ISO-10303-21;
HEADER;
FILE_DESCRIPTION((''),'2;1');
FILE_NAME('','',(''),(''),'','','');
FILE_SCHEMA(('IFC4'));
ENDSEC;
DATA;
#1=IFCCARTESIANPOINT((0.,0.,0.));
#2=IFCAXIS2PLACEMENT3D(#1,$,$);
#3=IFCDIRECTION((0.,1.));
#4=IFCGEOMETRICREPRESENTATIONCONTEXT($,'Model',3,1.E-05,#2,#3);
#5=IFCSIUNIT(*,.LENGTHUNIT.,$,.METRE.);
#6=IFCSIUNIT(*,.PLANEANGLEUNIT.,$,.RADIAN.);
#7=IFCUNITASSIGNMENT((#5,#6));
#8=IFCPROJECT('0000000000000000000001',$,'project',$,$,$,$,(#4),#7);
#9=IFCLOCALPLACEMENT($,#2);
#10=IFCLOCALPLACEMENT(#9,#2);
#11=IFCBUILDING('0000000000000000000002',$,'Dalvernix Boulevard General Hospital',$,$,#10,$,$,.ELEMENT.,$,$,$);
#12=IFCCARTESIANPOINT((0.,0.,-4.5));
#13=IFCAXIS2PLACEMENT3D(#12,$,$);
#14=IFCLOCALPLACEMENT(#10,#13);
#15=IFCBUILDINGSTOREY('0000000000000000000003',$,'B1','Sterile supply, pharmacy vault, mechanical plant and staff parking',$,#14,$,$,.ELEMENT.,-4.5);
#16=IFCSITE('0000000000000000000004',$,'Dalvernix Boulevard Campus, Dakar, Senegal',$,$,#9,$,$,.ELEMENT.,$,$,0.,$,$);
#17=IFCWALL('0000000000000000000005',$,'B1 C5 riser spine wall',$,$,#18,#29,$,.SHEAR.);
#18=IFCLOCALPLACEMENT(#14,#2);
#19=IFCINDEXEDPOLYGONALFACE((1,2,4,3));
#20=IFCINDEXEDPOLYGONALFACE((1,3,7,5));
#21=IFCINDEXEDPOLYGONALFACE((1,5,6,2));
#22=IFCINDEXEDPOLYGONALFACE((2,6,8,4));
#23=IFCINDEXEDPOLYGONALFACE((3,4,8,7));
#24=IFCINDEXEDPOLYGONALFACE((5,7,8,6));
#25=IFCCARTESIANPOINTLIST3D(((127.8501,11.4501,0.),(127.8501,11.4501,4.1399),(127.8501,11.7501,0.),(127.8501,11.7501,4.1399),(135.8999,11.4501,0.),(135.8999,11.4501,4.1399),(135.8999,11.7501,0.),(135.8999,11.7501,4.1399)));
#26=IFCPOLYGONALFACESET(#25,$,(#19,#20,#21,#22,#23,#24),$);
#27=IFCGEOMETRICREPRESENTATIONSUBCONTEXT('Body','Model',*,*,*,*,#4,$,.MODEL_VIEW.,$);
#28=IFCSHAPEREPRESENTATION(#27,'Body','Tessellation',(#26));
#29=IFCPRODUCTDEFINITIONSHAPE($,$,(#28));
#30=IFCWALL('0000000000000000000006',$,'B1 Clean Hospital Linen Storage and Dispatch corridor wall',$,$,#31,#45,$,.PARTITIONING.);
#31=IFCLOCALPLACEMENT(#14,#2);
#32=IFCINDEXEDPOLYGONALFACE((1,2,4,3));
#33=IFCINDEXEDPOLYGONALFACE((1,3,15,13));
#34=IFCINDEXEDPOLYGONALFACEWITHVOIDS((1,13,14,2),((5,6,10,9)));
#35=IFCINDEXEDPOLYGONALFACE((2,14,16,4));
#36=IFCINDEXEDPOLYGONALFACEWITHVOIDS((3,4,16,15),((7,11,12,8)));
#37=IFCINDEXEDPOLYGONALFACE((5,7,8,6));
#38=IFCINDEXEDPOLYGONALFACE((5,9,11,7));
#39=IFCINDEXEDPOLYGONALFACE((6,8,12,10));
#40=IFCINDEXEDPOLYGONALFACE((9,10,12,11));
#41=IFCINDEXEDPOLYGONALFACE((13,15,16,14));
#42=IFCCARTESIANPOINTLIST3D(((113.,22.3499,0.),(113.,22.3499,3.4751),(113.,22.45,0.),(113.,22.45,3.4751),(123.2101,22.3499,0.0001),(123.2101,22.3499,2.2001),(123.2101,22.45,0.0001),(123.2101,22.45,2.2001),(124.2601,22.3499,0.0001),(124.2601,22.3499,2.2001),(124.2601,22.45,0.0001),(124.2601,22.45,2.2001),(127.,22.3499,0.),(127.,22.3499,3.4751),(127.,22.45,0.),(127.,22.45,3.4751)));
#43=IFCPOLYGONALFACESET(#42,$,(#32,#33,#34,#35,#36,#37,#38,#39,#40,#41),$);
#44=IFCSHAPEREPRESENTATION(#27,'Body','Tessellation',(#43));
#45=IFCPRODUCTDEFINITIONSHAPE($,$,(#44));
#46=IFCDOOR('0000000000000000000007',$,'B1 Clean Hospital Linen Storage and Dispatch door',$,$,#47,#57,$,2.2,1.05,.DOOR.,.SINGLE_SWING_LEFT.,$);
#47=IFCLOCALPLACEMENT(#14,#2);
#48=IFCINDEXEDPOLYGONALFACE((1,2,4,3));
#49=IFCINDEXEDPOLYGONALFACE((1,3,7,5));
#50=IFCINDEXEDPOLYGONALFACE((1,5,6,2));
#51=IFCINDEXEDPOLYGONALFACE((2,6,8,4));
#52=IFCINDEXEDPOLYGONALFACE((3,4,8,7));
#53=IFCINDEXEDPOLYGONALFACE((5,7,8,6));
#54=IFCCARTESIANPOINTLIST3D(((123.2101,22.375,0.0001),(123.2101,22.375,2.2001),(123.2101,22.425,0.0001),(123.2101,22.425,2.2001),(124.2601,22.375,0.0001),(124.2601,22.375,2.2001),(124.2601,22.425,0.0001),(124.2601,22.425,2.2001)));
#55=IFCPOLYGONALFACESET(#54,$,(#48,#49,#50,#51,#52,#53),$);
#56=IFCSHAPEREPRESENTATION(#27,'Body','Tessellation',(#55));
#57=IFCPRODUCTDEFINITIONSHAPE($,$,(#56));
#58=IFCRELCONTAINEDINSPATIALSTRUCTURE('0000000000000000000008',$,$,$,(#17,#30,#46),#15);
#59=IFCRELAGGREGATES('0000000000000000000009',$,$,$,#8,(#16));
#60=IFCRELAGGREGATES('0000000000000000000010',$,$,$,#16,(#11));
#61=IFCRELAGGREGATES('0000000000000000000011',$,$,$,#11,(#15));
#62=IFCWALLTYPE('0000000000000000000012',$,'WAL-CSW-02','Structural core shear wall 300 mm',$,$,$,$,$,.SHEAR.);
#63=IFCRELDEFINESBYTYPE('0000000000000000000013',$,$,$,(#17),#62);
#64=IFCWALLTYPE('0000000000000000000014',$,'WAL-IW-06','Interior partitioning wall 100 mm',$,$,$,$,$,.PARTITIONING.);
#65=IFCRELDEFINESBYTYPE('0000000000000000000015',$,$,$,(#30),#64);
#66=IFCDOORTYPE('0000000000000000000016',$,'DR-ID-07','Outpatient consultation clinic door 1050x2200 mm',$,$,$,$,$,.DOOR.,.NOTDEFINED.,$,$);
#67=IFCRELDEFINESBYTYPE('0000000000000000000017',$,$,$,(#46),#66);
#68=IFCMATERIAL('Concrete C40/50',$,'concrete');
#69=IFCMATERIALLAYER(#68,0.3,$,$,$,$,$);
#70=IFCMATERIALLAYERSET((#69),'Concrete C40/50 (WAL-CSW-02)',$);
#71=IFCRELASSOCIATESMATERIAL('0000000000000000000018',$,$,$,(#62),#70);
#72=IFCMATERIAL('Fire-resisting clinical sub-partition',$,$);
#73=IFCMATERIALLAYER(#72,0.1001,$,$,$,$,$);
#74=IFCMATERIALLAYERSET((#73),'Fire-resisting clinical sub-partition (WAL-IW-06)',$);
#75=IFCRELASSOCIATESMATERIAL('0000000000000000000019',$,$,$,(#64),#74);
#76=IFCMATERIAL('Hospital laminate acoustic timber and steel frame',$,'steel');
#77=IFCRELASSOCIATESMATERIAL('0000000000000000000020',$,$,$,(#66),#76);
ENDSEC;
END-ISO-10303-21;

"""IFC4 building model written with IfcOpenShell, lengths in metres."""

from ifc_helpers import new_model, si_unit, direction, frame, frame_2d, origin, place, context, subcontext, project, spatial, rectangle, extrude, material, layer, layer_set, type_object, element, fill, save


model = new_model("IFC4")

# Units and contexts
model_context = context("Model", 3, precision=1e-05, world=origin(), true_north=direction((0.0, 1.0)))
body_context = subcontext(model_context, "Body", "Model", "MODEL_VIEW")
ifc_project = project(units=[si_unit("LENGTHUNIT", "METRE"), si_unit("PLANEANGLEUNIT", "RADIAN")], contexts=[model_context])

# Site, building, storey
site_placement = place(None, origin())
site = spatial("IfcSite", under=ifc_project, at=site_placement, Name="Dalvernix Boulevard Campus, Dakar, Senegal", CompositionType="ELEMENT", RefElevation=0.0)
building_placement = place(site_placement, origin())
building = spatial("IfcBuilding", under=site, at=building_placement, Name="Dalvernix Boulevard General Hospital", CompositionType="ELEMENT")
storey_placement = place(building_placement, frame((0.0, 0.0, -4.5)))
storey = spatial("IfcBuildingStorey", under=building, at=storey_placement, Name="B1", Description="Sterile supply, pharmacy vault, mechanical plant and staff parking", CompositionType="ELEMENT", Elevation=-4.5)

# Shared definitions
ifc_material_1 = material(Name="Concrete C40/50", Category="concrete")

# Wall
ifc_layer_1 = layer(ifc_material_1, 0.3)
ifc_layer_set_1 = layer_set([ifc_layer_1], Name="Concrete C40/50 (WAL-CSW-02)")
wall_type_1 = type_object("IfcWallType", Name="WAL-CSW-02", Description="Structural core shear wall 300 mm", PredefinedType="SHEAR", material=ifc_layer_set_1)
wall_1_placement = place(storey_placement, frame((127.8501, 11.6001, 0.0), z_axis=(0.0, 0.0, 1.0), x_axis=(1.0, 0.0, 0.0)))
element("IfcWall", 1, at=wall_1_placement, inside=storey, type_object=wall_type_1, Name="B1 C5 riser spine wall", PredefinedType="SHEAR", context=body_context, shape_type="SweptSolid", body=[
    extrude(rectangle(XDim=8.0498, YDim=0.3, at=frame_2d((4.0249, 0.0))), origin(), (0.0, 0.0, 1.0), 4.1399),
])

# Wall, opening, door
ifc_material_2 = material(Name="Fire-resisting clinical sub-partition")
ifc_layer_2 = layer(ifc_material_2, 0.1001)
ifc_layer_set_2 = layer_set([ifc_layer_2], Name="Fire-resisting clinical sub-partition (WAL-IW-06)")
wall_type_2 = type_object("IfcWallType", Name="WAL-IW-06", Description="Interior partitioning wall 100 mm", PredefinedType="PARTITIONING", material=ifc_layer_set_2)
wall_2_placement = place(storey_placement, frame((127.0, 22.3999, 0.0), z_axis=(0.0, 0.0, 1.0), x_axis=(-1.0, 0.0, 0.0)))
wall_2 = element("IfcWall", 2, at=wall_2_placement, inside=storey, type_object=wall_type_2, Name="B1 Clean Hospital Linen Storage and Dispatch corridor wall", PredefinedType="PARTITIONING", context=body_context, shape_type="SweptSolid", body=[
    extrude(rectangle(XDim=14.0, YDim=0.1001, at=frame_2d((7.0, 0.0))), origin(), (0.0, 0.0, 1.0), 3.4751),
])
opening_placement = place(wall_2_placement, frame((2.74, 0.0, 0.0)))
opening = element("IfcOpeningElement", 3, at=opening_placement, cuts=wall_2, PredefinedType="OPENING", context=body_context, shape_type="SweptSolid", body=[
    extrude(rectangle(XDim=1.05, YDim=2.2, at=frame_2d((0.5249, 1.1001))), frame((0.0, 0.0601, 0.0), z_axis=(0.0, -1.0, 0.0), x_axis=(1.0, 0.0, 0.0)), (0.0, 0.0, 1.0), 0.1201),
])
ifc_material_3 = material(Name="Hospital laminate acoustic timber and steel frame", Category="steel")
door_type = type_object("IfcDoorType", Name="DR-ID-07", Description="Outpatient consultation clinic door 1050x2200 mm", OperationType="NOTDEFINED", PredefinedType="DOOR", material=ifc_material_3)
door_placement = place(opening_placement, origin())
door = element("IfcDoor", 4, at=door_placement, inside=storey, type_object=door_type, Name="B1 Clean Hospital Linen Storage and Dispatch door", OperationType="SINGLE_SWING_LEFT", OverallHeight=2.2, OverallWidth=1.05, PredefinedType="DOOR", context=body_context, shape_type="SweptSolid", body=[
    extrude(rectangle(XDim=1.05, YDim=2.2, at=frame_2d((0.5249, 1.1001))), frame((0.0, 0.0249, 0.0), z_axis=(0.0, -1.0, 0.0), x_axis=(1.0, 0.0, 0.0)), (0.0, 0.0, 1.0), 0.05),
])
fill(opening, door)

save(model, "model.ifc")
